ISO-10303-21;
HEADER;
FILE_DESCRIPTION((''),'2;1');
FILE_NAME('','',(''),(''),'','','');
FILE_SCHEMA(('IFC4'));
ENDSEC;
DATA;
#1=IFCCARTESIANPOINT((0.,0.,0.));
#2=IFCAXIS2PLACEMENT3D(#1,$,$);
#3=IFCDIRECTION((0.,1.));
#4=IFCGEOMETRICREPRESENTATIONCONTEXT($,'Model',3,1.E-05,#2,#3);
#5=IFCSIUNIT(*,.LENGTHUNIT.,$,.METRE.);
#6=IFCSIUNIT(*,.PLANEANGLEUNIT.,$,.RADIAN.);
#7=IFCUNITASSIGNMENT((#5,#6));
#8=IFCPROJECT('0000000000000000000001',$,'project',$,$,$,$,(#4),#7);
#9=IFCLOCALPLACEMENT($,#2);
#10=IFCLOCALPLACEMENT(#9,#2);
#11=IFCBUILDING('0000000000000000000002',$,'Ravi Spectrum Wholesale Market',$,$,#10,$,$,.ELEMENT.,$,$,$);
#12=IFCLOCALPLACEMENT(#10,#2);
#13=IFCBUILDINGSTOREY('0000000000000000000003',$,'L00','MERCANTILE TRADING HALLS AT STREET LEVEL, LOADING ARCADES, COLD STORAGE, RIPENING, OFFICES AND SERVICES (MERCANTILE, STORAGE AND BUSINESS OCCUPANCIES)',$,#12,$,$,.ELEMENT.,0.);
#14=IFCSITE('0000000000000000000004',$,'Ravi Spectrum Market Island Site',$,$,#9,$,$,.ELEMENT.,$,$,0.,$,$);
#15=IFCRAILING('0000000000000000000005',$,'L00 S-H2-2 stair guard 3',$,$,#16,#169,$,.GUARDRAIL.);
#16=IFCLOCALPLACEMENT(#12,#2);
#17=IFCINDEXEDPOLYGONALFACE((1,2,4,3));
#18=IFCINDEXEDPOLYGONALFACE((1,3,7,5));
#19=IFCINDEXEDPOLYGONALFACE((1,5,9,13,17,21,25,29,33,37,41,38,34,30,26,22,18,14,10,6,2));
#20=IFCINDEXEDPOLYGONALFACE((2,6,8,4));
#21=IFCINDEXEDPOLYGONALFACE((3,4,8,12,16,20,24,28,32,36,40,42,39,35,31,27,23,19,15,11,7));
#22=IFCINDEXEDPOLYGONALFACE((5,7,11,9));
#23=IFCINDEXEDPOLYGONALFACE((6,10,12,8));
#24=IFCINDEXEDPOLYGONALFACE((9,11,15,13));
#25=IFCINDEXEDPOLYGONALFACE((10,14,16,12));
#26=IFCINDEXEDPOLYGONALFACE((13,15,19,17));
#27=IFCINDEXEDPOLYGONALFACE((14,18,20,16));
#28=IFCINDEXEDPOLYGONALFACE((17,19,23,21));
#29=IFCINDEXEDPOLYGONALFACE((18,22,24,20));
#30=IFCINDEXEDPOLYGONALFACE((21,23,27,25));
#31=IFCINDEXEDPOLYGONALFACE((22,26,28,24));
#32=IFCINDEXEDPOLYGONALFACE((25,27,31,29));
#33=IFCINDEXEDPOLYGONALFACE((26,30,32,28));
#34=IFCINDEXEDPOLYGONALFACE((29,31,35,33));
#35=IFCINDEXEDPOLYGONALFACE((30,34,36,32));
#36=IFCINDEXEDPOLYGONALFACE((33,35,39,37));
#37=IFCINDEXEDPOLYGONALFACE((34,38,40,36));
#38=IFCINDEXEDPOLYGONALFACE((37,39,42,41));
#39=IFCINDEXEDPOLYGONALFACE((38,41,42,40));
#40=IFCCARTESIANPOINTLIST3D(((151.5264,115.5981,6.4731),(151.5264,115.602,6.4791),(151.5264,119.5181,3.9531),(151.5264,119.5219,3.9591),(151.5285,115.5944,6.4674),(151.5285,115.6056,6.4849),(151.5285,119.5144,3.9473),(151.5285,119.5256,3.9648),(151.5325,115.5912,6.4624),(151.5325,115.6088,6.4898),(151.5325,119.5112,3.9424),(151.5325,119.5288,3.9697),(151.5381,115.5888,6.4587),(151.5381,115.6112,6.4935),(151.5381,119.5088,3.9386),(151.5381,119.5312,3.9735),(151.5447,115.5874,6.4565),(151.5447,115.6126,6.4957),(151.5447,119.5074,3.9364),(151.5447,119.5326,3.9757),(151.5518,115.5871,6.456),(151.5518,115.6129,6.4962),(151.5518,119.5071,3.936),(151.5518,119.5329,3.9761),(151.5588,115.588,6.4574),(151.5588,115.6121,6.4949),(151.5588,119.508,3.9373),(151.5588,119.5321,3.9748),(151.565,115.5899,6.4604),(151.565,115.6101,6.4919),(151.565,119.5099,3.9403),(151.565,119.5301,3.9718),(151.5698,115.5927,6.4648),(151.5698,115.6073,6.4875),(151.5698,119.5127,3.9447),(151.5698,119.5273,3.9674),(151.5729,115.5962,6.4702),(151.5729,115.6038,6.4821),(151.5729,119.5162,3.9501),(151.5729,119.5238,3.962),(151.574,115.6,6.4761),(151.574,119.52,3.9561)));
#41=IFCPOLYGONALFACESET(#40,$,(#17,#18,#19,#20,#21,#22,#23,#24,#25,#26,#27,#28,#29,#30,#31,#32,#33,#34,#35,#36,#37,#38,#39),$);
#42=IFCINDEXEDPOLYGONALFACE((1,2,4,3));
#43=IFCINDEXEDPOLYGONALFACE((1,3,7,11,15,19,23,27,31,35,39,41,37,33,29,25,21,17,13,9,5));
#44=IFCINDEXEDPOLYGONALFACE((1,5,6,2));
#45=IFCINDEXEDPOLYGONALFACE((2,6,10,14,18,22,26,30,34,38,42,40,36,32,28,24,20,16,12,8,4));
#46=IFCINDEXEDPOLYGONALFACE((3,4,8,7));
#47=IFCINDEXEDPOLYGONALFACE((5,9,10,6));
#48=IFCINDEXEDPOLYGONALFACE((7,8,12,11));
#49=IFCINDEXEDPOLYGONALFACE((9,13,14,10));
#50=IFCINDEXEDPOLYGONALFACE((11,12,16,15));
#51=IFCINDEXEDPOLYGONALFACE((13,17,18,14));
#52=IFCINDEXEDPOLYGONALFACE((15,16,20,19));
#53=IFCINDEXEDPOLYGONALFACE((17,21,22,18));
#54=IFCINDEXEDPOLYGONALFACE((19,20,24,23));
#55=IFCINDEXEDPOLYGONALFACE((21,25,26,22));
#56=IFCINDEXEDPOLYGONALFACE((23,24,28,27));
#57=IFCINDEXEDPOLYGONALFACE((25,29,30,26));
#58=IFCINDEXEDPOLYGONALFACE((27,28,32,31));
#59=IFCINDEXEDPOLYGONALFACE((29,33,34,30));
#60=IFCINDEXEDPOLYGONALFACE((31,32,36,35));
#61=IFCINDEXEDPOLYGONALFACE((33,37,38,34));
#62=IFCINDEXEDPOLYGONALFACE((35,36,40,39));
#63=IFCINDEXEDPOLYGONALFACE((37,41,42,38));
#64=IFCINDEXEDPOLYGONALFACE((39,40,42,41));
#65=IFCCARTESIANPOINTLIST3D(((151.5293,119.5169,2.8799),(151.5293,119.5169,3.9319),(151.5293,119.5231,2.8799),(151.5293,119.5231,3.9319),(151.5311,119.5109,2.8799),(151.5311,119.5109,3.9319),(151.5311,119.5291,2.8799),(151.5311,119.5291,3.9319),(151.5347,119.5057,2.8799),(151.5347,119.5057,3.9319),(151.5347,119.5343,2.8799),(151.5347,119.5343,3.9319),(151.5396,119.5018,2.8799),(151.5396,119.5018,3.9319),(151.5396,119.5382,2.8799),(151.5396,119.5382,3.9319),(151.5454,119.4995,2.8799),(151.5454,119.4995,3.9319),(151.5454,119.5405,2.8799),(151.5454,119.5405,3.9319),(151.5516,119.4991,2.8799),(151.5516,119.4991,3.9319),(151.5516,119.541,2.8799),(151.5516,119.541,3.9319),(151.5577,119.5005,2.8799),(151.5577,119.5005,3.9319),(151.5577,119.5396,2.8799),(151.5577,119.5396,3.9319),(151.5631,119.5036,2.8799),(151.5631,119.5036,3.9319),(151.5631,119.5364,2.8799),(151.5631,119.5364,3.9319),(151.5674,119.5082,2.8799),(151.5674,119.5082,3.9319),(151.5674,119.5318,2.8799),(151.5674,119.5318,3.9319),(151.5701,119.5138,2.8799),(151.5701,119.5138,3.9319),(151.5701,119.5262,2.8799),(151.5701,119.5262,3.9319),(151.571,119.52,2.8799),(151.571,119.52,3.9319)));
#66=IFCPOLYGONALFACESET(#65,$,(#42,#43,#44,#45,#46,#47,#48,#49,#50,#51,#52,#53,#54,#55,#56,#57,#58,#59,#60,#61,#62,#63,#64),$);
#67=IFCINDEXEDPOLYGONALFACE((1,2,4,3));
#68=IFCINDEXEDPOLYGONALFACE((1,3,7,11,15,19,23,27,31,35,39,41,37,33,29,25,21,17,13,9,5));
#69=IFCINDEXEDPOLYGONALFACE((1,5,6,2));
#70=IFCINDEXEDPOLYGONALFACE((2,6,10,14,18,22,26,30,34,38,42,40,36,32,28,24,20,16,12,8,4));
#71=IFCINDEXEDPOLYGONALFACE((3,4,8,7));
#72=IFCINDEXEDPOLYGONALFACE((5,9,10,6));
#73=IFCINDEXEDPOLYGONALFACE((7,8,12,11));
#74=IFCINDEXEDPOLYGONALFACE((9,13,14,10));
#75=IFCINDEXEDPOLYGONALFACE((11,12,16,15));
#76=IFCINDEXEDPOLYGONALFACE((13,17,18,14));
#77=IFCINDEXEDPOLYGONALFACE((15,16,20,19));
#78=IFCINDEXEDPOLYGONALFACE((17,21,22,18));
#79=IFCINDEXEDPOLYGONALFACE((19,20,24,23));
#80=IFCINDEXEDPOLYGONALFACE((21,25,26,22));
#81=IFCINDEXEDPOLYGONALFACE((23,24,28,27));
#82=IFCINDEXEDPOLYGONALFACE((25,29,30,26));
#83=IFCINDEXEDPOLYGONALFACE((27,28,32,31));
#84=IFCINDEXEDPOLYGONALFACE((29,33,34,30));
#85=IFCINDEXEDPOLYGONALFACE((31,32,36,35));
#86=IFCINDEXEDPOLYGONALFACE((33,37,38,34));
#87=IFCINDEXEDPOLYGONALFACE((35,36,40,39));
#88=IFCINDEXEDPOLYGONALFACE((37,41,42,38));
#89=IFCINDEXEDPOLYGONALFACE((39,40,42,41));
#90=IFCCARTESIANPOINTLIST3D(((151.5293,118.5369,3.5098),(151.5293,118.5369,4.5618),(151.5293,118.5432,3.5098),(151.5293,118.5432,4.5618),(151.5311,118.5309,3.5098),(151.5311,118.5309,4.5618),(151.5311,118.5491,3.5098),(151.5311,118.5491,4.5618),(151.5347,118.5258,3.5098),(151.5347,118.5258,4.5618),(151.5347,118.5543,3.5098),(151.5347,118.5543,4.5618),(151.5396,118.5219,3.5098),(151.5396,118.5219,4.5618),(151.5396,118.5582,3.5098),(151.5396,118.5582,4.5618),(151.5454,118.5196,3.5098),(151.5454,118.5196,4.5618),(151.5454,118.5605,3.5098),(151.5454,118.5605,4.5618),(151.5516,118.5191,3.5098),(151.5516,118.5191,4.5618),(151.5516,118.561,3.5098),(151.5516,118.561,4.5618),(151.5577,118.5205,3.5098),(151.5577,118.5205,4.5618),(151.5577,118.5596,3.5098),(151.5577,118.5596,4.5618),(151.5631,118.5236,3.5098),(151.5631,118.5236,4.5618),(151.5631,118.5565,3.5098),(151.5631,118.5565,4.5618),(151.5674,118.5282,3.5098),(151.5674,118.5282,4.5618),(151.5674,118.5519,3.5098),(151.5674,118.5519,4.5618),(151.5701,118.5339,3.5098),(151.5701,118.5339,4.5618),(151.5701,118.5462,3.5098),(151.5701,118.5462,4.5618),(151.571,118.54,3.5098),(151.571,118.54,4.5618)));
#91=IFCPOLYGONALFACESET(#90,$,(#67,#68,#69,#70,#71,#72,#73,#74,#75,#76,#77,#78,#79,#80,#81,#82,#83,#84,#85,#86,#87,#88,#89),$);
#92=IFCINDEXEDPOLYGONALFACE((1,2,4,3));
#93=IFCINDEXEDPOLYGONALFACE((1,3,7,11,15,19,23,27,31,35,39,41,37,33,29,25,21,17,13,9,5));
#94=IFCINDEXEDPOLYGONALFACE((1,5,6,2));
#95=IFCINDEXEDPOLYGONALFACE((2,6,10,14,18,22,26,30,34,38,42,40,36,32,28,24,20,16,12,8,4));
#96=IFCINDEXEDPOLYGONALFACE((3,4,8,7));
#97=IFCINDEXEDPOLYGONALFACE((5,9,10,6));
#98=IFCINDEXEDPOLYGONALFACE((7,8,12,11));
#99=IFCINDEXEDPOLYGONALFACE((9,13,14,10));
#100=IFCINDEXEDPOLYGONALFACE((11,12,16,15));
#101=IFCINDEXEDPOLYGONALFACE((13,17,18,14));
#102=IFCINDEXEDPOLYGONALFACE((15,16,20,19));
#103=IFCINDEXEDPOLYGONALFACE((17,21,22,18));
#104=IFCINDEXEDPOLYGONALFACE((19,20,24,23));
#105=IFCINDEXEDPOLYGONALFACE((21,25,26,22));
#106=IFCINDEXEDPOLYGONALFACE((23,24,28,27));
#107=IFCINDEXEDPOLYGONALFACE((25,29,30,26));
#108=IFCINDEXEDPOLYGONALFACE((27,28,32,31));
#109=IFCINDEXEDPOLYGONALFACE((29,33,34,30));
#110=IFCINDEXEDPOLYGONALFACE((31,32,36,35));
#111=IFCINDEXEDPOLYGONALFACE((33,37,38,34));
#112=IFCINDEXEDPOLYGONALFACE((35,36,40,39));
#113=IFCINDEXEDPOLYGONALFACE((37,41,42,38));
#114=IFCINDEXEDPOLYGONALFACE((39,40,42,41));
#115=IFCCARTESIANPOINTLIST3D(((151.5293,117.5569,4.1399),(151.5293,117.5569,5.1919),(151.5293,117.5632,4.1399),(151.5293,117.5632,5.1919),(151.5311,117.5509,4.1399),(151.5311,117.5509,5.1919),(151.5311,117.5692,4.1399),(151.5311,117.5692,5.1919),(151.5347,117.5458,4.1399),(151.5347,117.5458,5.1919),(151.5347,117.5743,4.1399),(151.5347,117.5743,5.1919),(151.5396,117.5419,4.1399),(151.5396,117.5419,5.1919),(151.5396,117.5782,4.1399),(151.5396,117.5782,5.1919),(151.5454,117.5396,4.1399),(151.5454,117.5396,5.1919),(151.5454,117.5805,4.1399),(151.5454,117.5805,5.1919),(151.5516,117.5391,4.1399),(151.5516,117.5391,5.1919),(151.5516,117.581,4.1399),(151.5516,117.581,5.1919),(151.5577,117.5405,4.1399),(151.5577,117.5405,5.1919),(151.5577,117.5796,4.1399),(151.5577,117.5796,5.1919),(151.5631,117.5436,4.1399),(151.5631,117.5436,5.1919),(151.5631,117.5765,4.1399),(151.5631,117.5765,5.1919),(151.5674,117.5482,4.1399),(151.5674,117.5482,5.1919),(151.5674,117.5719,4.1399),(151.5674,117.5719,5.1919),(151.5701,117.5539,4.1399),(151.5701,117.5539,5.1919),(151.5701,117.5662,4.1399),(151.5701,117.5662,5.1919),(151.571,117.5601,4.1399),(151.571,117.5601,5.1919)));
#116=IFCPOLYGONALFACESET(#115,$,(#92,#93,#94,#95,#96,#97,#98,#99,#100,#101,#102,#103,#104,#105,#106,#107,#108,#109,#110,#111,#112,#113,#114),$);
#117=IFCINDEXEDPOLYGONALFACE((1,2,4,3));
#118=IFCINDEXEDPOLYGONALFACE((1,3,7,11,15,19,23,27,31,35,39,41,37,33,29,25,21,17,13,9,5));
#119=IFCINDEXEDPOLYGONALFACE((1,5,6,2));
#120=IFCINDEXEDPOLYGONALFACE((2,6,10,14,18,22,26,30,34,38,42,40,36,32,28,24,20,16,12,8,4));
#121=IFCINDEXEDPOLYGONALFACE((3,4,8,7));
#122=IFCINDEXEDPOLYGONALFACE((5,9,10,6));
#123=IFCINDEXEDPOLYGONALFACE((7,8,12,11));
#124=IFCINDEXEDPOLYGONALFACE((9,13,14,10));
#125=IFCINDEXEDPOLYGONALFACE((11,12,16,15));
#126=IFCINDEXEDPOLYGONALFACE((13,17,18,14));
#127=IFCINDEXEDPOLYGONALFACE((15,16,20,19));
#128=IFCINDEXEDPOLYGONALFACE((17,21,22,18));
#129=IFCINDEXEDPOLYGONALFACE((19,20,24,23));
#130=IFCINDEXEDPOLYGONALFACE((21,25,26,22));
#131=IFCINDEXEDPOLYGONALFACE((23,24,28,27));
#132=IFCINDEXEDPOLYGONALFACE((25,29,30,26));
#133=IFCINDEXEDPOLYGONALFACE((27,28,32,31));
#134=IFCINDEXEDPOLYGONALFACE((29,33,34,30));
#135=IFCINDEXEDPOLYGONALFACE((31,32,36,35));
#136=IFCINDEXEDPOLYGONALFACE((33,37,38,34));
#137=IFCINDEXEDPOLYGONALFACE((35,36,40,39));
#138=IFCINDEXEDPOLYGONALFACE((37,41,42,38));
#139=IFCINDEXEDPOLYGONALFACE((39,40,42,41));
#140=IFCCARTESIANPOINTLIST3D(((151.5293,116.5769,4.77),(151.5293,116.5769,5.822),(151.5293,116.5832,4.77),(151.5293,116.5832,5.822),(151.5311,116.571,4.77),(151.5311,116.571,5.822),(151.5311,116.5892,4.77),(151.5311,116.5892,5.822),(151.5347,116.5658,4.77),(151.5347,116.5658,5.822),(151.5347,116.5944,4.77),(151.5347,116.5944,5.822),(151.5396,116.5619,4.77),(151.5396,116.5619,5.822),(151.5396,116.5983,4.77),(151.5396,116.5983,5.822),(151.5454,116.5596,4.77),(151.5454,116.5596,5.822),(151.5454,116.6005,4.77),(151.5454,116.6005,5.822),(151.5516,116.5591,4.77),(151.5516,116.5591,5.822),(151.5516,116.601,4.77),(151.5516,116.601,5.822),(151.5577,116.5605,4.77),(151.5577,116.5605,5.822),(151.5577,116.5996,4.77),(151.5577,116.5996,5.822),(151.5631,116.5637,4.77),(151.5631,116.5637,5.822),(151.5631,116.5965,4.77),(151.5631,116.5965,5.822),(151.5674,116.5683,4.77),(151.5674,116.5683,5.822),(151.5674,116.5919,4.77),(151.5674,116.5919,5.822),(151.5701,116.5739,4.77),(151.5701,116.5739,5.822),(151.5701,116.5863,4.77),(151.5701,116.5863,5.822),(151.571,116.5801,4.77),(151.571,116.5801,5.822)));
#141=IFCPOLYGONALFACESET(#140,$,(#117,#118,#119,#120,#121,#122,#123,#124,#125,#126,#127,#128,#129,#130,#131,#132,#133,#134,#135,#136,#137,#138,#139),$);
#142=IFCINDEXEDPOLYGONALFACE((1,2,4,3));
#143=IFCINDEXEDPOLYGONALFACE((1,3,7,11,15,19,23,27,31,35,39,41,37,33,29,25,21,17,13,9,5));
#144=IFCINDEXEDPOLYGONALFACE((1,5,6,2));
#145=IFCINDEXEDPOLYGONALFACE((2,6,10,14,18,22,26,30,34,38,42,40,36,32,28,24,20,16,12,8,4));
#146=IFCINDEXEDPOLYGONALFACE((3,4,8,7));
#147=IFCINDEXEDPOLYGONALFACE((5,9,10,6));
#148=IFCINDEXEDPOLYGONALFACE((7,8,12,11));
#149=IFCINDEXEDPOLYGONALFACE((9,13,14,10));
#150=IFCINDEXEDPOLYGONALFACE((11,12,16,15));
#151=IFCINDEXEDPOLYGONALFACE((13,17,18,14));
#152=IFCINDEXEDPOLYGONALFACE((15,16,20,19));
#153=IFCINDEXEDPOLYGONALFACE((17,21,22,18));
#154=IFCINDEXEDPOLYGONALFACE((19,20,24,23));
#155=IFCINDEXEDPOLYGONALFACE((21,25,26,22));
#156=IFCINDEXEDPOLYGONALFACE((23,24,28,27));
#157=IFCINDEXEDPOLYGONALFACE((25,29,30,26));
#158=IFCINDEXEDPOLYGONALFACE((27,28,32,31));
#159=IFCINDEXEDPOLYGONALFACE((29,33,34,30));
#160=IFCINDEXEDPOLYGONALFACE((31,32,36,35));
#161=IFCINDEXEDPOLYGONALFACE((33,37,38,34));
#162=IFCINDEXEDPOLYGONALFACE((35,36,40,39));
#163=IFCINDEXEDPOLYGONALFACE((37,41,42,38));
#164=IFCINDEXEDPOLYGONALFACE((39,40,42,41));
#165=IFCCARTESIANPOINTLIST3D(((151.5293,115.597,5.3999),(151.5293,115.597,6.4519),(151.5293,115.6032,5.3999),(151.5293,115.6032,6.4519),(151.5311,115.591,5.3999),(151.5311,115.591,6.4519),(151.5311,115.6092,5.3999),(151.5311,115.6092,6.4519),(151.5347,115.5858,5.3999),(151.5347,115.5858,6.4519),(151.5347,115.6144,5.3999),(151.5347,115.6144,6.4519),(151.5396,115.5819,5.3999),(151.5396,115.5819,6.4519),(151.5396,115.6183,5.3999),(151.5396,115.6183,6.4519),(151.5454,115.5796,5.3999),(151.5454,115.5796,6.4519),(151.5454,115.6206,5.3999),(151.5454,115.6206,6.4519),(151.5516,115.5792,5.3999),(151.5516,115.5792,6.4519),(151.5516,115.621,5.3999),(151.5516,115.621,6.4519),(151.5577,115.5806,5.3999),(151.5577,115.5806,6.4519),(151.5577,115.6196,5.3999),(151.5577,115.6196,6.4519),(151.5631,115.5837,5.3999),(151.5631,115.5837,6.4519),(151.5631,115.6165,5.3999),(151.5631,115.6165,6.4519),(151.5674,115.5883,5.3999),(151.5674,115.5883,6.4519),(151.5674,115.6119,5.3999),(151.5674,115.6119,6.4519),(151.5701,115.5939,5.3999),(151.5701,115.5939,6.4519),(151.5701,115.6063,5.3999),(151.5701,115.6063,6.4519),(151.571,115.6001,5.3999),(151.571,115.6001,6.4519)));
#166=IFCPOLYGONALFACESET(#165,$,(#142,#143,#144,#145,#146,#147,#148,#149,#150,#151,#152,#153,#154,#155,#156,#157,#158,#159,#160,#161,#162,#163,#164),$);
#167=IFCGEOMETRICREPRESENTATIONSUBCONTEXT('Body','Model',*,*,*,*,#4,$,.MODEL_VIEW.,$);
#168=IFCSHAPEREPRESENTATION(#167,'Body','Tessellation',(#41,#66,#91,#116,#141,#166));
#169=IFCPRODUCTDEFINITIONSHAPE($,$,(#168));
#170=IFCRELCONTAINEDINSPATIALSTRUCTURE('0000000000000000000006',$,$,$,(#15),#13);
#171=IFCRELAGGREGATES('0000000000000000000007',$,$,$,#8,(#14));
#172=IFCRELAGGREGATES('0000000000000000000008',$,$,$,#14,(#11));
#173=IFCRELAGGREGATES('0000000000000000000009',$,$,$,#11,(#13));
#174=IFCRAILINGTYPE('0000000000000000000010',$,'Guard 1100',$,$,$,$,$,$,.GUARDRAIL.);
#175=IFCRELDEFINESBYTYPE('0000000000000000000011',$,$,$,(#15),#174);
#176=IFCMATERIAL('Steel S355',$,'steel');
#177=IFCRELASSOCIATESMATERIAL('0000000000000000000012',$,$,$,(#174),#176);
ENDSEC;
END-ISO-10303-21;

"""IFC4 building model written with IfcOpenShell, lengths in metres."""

from ifc_helpers import new_model, si_unit, direction, frame, origin, origin_2d, place, context, subcontext, project, spatial, circle, extrude, material, type_object, element, save


model = new_model("IFC4")

# Units and contexts
model_context = context("Model", 3, precision=1e-05, world=origin(), true_north=direction((0.0, 1.0)))
body_context = subcontext(model_context, "Body", "Model", "MODEL_VIEW")
ifc_project = project(units=[si_unit("LENGTHUNIT", "METRE"), si_unit("PLANEANGLEUNIT", "RADIAN")], contexts=[model_context])

# Site, building, storey
site_placement = place(None, origin())
site = spatial("IfcSite", under=ifc_project, at=site_placement, Name="Ravi Spectrum Market Island Site", CompositionType="ELEMENT", RefElevation=0.0)
building_placement = place(site_placement, origin())
building = spatial("IfcBuilding", under=site, at=building_placement, Name="Ravi Spectrum Wholesale Market", CompositionType="ELEMENT")
storey_placement = place(building_placement, origin())
storey = spatial("IfcBuildingStorey", under=building, at=storey_placement, Name="L00", Description="MERCANTILE TRADING HALLS AT STREET LEVEL, LOADING ARCADES, COLD STORAGE, RIPENING, OFFICES AND SERVICES (MERCANTILE, STORAGE AND BUSINESS OCCUPANCIES)", CompositionType="ELEMENT", Elevation=0.0)

# Railing
ifc_material_1 = material(Name="Steel S355", Category="steel")
railing_type_1 = type_object("IfcRailingType", Name="Guard 1100", PredefinedType="GUARDRAIL", material=ifc_material_1)
railing_1_placement = place(storey_placement, frame((151.55, 119.52, 2.8799)))
element("IfcRailing", 1, at=railing_1_placement, inside=storey, type_object=railing_type_1, Name="L00 S-H2-2 stair guard 3", PredefinedType="GUARDRAIL", context=body_context, shape_type="SweptSolid", body=[
    extrude(circle(Radius=0.0239, at=origin_2d()), frame((0.0, 0.0, 1.0762), z_axis=(0.0, -0.841172, 0.540768), x_axis=(1.0, 0.0, 0.0)), (0.0, 0.0, 1.0), 4.6602),
    extrude(circle(Radius=0.021, at=origin_2d()), origin(), (0.0, 0.0, 1.0), 1.052),
    extrude(circle(Radius=0.021, at=origin_2d()), frame((0.0, -0.98, 0.6299)), (0.0, 0.0, 1.0), 1.052),
    extrude(circle(Radius=0.021, at=origin_2d()), frame((0.0, -1.96, 1.26)), (0.0, 0.0, 1.0), 1.052),
    extrude(circle(Radius=0.021, at=origin_2d()), frame((0.0, -2.9399, 1.8901)), (0.0, 0.0, 1.0), 1.052),
    extrude(circle(Radius=0.021, at=origin_2d()), frame((0.0, -3.9199, 2.52)), (0.0, 0.0, 1.0), 1.052),
])

save(model, "model.ifc")
